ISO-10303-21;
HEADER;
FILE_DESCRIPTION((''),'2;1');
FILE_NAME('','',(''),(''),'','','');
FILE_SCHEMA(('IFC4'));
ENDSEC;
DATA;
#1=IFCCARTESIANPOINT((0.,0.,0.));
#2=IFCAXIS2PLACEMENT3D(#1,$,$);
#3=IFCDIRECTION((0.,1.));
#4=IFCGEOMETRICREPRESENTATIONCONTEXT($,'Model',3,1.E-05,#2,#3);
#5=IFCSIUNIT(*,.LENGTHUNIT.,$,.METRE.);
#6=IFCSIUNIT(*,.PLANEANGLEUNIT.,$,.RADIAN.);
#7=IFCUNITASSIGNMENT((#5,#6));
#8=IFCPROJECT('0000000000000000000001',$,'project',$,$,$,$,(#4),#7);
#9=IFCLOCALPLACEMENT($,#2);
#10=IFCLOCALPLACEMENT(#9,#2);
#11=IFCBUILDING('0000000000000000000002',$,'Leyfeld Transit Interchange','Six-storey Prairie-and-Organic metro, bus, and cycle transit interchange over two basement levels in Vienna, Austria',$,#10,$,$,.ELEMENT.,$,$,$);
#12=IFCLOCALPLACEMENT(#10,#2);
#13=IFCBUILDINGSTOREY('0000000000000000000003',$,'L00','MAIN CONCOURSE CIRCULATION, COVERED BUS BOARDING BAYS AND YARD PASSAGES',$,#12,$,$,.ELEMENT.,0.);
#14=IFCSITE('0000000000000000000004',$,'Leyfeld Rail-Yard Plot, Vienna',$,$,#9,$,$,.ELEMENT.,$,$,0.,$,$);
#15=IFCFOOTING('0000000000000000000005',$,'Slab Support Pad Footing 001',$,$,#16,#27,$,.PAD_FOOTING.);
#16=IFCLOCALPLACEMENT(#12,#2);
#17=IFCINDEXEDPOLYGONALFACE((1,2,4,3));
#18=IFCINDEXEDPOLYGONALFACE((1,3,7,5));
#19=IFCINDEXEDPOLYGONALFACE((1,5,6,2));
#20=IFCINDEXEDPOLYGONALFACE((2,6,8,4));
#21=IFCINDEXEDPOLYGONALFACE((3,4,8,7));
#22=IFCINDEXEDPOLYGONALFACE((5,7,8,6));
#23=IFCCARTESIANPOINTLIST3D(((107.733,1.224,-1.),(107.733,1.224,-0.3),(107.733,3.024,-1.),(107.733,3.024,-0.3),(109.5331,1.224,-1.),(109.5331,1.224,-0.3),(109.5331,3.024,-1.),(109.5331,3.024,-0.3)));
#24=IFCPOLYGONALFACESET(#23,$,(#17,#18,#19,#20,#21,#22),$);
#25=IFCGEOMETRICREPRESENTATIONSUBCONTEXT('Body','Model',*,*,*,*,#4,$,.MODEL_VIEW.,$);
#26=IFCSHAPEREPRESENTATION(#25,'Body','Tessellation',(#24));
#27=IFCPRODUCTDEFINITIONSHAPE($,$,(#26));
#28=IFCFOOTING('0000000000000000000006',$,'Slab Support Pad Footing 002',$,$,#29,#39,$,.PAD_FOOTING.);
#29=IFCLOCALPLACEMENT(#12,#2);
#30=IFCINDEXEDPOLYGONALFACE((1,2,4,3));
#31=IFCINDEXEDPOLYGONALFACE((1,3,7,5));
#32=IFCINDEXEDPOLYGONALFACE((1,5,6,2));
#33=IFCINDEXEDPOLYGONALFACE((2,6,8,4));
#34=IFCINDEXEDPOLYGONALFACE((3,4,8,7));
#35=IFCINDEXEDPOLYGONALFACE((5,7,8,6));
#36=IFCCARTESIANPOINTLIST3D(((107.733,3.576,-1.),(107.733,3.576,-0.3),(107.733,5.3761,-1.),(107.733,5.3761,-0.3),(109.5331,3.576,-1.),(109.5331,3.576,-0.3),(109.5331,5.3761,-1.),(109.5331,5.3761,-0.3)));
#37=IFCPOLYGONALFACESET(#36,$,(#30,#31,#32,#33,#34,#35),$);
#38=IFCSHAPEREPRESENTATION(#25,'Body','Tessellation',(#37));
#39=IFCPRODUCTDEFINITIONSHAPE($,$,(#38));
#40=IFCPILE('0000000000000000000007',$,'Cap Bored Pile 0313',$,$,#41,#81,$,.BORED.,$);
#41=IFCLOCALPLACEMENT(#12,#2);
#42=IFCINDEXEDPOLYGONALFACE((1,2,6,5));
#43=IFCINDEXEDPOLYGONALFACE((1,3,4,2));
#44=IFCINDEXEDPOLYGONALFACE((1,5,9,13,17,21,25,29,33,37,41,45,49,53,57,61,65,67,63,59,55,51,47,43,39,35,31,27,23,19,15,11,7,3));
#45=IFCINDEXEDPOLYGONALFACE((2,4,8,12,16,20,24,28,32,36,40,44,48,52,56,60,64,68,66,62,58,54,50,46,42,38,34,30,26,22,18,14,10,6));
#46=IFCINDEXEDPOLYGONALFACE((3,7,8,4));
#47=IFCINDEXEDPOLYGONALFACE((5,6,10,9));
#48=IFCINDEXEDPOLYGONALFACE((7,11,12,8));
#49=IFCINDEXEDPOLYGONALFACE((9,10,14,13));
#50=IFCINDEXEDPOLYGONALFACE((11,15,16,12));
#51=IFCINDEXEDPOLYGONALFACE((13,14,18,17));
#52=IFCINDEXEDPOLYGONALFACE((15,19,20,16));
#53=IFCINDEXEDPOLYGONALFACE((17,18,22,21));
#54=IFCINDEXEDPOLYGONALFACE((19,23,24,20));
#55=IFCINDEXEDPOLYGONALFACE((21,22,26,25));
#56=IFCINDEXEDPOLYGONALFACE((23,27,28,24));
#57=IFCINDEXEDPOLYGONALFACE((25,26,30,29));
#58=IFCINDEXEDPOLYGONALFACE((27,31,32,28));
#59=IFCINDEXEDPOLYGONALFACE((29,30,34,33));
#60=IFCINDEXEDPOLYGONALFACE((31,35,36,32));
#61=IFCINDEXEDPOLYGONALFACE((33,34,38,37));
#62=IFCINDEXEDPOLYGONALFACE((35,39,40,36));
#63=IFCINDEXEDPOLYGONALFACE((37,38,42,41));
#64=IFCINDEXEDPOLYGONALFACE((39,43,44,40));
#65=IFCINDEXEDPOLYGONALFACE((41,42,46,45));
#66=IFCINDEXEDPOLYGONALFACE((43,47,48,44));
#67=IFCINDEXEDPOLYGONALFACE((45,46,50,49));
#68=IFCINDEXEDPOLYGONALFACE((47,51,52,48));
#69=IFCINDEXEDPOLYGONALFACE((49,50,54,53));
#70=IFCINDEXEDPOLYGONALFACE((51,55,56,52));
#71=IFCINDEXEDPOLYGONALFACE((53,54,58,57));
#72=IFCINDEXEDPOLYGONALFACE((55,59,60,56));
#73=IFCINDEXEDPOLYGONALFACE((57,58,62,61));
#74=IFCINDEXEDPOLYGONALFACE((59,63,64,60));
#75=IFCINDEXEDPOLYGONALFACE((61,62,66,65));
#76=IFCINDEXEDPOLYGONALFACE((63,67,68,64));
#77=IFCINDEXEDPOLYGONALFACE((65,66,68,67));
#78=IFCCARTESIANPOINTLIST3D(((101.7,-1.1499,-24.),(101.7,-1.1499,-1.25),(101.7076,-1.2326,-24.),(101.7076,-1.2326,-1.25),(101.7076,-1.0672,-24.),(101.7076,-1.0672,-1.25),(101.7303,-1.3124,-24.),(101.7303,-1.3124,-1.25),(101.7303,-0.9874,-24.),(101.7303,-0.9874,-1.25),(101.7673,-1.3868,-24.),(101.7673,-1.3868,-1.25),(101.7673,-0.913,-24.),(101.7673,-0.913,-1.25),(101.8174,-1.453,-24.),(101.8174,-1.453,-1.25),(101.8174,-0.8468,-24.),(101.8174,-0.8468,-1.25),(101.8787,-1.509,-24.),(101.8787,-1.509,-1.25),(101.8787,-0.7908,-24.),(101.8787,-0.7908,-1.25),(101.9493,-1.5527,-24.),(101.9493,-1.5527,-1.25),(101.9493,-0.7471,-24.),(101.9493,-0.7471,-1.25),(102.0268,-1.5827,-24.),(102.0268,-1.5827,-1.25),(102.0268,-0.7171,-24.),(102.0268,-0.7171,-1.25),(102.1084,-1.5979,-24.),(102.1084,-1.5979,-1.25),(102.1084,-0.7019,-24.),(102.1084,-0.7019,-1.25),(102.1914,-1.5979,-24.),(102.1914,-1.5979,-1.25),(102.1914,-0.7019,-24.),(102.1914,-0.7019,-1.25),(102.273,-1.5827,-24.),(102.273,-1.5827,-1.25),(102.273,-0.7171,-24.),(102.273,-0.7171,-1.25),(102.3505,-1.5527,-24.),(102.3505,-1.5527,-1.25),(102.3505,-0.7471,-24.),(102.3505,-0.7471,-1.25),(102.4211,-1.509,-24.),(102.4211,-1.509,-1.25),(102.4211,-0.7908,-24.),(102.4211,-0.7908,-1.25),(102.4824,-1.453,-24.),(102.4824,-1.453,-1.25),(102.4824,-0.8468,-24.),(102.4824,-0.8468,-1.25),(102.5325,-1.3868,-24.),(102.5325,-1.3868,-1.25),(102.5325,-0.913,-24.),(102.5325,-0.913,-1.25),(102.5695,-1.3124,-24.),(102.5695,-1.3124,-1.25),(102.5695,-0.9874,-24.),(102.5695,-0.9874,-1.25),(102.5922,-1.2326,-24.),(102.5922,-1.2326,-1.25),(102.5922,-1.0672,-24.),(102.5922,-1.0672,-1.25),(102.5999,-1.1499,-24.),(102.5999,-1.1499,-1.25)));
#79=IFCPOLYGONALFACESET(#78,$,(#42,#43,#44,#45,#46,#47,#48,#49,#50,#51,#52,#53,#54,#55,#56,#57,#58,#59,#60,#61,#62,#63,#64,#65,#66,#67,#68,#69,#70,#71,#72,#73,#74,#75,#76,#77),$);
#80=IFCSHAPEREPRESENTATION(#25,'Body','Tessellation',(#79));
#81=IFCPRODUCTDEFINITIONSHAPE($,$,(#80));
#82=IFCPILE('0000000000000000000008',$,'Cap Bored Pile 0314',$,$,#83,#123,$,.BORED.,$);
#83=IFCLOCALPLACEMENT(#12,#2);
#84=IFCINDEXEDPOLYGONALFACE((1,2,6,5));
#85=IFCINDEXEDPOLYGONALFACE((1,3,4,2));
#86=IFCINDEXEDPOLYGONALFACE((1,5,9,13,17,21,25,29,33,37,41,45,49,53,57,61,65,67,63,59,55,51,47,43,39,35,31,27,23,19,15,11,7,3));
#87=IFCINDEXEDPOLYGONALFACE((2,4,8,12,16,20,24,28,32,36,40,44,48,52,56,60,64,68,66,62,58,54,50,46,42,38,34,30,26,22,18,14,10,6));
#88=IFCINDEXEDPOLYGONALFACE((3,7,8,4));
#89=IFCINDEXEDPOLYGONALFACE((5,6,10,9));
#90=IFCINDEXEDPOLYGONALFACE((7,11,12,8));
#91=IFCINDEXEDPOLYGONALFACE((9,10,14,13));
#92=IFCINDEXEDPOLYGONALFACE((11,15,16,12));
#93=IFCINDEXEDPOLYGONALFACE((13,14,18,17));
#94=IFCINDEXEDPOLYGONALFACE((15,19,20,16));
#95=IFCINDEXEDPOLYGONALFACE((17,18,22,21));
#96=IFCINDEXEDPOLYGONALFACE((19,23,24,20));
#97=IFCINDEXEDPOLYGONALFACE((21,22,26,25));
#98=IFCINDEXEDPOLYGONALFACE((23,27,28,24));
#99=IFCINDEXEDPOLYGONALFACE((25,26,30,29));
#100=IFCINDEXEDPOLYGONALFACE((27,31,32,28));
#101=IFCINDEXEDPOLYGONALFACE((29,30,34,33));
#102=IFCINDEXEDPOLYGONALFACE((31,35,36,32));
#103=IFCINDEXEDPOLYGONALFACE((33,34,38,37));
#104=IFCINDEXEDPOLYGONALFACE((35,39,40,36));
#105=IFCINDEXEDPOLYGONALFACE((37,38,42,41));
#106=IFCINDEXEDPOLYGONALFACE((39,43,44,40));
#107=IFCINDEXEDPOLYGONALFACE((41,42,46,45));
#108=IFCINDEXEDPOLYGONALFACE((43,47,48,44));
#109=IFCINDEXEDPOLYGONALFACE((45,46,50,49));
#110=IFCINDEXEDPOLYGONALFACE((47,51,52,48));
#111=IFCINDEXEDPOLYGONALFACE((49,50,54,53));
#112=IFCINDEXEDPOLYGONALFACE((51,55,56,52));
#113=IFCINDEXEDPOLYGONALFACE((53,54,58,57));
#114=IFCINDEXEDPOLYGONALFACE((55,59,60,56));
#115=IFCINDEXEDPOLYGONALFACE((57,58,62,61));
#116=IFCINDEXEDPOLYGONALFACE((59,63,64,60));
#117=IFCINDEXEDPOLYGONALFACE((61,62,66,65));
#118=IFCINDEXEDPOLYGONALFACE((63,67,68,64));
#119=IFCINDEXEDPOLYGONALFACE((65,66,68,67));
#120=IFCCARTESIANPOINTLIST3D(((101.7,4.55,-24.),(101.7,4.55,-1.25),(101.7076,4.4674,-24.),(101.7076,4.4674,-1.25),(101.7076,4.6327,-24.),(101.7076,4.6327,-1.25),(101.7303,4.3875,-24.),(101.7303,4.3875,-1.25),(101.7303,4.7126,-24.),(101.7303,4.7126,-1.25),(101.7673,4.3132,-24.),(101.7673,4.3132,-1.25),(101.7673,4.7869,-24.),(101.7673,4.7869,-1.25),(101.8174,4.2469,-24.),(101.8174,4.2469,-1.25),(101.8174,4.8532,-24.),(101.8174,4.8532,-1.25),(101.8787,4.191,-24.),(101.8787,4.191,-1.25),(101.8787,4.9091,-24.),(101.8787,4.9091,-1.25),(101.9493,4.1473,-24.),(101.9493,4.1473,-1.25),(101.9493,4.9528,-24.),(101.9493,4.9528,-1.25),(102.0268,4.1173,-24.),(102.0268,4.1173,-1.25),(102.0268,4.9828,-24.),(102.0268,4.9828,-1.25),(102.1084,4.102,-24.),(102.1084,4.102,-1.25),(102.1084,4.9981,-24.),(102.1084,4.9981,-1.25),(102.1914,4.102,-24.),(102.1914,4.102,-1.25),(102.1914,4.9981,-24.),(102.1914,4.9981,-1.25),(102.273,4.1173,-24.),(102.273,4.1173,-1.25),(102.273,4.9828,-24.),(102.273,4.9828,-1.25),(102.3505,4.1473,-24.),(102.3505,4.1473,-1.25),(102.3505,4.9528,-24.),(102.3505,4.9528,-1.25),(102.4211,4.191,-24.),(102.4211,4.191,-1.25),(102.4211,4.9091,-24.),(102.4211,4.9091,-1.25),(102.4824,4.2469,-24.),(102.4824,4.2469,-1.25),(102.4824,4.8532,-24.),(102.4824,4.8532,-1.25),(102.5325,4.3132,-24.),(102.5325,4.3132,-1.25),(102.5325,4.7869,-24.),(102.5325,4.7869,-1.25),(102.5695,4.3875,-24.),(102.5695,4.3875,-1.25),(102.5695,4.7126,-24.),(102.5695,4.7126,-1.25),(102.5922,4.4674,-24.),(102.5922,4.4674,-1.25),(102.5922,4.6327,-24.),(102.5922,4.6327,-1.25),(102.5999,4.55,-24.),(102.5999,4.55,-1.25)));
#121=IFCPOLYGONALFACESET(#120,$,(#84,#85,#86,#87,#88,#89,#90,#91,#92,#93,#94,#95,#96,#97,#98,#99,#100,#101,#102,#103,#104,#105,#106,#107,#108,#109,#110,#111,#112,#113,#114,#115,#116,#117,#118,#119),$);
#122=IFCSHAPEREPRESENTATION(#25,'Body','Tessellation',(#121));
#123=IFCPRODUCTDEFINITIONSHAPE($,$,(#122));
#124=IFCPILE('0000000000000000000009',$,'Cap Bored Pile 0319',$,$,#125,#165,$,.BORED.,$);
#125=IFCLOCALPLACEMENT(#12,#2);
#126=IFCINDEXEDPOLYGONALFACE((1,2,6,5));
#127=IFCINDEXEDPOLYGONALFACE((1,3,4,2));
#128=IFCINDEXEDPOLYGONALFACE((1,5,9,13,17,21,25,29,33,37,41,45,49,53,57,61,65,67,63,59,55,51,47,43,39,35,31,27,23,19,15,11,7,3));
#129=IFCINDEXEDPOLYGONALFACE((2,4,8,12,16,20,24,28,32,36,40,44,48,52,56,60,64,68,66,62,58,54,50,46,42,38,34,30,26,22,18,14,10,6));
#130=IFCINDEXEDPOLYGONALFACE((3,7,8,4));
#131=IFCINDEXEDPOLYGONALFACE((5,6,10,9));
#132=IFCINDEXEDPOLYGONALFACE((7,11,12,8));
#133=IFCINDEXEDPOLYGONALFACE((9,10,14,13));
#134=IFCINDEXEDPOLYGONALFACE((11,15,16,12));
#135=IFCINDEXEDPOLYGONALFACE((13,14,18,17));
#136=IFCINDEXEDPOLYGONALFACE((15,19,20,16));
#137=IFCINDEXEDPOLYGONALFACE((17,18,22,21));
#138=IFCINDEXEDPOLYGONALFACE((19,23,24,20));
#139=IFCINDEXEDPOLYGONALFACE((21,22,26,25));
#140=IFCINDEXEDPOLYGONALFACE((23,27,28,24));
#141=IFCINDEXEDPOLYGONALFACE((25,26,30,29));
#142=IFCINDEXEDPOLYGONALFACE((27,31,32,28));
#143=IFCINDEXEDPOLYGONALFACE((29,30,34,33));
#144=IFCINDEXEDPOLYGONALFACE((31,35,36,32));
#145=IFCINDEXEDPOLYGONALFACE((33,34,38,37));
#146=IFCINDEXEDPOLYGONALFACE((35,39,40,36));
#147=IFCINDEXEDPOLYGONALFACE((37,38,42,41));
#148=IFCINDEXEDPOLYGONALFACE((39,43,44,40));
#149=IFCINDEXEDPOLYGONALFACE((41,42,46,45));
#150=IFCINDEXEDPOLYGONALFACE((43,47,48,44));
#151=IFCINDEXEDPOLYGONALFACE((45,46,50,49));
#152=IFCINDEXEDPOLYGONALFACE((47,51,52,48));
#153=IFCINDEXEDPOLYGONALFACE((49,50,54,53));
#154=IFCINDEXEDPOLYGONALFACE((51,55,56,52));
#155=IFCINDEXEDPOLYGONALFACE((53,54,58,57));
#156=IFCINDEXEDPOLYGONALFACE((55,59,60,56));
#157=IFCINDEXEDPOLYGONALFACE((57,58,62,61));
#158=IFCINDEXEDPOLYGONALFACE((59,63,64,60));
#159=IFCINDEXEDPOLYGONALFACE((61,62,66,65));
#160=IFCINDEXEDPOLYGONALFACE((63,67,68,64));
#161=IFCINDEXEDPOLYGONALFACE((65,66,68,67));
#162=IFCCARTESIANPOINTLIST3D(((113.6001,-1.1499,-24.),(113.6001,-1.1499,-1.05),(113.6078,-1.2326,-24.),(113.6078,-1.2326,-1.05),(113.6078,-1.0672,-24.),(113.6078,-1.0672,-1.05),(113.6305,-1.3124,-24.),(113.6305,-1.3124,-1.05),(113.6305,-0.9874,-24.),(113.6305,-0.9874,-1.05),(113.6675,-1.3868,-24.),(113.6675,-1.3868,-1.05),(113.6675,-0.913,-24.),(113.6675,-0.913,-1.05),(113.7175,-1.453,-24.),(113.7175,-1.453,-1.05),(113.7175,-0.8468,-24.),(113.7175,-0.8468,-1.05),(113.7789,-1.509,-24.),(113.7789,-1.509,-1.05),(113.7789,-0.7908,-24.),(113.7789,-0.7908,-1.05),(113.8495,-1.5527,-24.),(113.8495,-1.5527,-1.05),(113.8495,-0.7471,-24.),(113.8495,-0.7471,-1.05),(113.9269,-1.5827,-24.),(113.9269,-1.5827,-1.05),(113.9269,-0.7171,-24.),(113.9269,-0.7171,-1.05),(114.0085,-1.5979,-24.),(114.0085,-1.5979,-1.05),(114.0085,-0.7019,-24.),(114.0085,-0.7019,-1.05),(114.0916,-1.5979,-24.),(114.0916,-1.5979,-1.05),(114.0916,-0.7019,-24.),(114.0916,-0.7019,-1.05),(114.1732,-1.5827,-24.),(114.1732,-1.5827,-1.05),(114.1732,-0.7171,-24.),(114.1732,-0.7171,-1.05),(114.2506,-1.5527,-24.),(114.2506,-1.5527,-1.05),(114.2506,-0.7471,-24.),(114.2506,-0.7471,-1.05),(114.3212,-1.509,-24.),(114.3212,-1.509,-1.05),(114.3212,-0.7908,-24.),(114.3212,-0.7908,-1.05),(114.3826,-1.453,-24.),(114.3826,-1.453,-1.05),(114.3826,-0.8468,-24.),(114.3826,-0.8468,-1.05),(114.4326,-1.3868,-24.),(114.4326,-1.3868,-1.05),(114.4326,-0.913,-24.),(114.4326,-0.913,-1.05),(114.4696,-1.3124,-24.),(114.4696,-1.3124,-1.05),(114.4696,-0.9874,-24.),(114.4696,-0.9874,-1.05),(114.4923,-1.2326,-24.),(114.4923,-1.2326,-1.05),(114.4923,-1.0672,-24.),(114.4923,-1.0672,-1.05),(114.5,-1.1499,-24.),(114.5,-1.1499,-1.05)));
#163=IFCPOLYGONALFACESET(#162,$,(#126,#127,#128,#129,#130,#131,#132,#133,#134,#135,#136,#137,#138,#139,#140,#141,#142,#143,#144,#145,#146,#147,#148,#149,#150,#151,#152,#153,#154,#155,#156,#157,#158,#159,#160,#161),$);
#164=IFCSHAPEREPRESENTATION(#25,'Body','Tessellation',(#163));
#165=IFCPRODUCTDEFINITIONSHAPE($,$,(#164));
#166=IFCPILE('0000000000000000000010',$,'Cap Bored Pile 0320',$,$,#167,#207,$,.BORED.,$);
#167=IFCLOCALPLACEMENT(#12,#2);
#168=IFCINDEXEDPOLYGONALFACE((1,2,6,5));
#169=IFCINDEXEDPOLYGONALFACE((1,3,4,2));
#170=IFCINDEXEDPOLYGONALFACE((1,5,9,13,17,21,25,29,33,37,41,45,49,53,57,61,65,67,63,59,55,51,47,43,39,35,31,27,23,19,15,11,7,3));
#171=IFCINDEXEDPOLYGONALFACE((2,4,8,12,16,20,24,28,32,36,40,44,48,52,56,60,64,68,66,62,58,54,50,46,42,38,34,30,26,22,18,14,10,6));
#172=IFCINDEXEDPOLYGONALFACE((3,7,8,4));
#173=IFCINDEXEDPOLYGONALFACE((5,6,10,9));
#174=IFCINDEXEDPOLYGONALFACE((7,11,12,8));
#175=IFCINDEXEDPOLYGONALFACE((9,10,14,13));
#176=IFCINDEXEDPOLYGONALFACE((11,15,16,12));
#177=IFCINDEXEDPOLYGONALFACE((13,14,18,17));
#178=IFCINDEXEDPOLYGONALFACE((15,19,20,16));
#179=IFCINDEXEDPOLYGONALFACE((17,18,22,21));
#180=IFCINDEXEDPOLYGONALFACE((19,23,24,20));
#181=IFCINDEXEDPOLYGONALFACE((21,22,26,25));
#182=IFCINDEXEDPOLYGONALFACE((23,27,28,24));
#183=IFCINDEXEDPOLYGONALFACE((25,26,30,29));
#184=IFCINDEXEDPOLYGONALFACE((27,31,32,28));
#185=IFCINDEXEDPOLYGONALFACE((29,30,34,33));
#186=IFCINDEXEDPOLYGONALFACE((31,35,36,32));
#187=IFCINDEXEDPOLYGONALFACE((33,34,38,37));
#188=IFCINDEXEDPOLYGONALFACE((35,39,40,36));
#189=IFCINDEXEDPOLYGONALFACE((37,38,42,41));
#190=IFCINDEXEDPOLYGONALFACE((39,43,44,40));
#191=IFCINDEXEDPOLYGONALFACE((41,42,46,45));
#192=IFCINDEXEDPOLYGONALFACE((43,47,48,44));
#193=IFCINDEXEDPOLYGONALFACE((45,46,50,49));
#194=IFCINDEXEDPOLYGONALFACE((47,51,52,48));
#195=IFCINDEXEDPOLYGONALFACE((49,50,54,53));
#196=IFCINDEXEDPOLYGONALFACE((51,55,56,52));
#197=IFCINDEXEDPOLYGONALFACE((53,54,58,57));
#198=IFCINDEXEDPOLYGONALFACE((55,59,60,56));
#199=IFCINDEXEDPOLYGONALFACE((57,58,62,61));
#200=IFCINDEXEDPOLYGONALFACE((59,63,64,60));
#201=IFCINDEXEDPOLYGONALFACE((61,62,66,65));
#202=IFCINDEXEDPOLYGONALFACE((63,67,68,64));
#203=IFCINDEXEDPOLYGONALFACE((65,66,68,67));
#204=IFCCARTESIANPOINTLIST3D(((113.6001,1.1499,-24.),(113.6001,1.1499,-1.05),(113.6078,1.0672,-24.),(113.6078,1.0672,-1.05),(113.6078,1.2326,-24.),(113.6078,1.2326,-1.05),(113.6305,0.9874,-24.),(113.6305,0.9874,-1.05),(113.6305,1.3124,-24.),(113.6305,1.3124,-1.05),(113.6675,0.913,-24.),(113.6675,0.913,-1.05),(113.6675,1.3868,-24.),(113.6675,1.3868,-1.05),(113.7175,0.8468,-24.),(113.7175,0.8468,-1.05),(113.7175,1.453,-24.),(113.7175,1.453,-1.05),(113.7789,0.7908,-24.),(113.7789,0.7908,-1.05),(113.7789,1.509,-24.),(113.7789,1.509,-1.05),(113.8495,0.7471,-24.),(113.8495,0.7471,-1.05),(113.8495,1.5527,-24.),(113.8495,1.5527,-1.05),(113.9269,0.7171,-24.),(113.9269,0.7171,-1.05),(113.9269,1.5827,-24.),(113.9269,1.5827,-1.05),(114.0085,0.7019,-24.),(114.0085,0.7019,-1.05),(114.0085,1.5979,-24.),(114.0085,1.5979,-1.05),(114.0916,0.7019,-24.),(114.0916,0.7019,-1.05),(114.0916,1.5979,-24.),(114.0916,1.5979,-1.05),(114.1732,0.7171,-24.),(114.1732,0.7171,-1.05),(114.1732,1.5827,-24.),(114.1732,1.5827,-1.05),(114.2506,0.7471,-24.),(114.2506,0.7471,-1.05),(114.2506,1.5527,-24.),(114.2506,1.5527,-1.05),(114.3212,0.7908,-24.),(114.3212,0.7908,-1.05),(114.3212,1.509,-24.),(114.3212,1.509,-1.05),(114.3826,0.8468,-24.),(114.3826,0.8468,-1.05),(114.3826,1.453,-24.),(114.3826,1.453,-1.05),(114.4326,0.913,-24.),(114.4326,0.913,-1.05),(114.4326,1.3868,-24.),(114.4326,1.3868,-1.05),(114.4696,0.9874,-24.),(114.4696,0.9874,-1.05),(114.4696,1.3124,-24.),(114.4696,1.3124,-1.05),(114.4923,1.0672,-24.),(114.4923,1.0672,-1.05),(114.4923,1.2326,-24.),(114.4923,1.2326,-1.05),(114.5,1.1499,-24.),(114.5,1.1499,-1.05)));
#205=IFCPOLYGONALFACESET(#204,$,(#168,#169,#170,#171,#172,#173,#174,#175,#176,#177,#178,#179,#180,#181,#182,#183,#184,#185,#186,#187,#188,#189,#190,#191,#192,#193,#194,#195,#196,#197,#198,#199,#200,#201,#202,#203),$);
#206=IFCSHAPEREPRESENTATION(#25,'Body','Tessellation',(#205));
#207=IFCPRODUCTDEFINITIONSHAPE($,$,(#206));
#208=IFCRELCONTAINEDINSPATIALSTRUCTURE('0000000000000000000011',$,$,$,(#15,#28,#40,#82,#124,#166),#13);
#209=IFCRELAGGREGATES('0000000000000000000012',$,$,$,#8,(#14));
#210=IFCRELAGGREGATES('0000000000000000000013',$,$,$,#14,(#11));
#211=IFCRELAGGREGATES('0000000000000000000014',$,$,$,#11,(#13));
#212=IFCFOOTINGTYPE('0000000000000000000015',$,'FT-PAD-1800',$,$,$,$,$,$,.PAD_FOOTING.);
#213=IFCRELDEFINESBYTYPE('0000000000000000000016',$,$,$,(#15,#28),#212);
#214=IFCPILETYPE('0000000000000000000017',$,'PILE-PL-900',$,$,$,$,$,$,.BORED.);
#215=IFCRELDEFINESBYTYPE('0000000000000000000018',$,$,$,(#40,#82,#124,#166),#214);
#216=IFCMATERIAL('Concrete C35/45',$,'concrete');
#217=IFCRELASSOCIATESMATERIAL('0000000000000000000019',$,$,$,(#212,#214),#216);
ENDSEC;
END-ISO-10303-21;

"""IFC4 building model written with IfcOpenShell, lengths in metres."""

from ifc_helpers import new_model, si_unit, direction, frame, origin, origin_2d, place, context, subcontext, project, spatial, rectangle, circle, extrude, material, material_profile, profile_set, type_object, element, save


model = new_model("IFC4")

# Units and contexts
model_context = context("Model", 3, precision=1e-05, world=origin(), true_north=direction((0.0, 1.0)))
body_context = subcontext(model_context, "Body", "Model", "MODEL_VIEW")
ifc_project = project(units=[si_unit("LENGTHUNIT", "METRE"), si_unit("PLANEANGLEUNIT", "RADIAN")], contexts=[model_context])

# Site, building, storey
site_placement = place(None, origin())
site = spatial("IfcSite", under=ifc_project, at=site_placement, Name="Leyfeld Rail-Yard Plot, Vienna", CompositionType="ELEMENT", RefElevation=0.0)
building_placement = place(site_placement, origin())
building = spatial("IfcBuilding", under=site, at=building_placement, Name="Leyfeld Transit Interchange", Description="Six-storey Prairie-and-Organic metro, bus, and cycle transit interchange over two basement levels in Vienna, Austria", CompositionType="ELEMENT")
storey_placement = place(building_placement, origin())
storey = spatial("IfcBuildingStorey", under=building, at=storey_placement, Name="L00", Description="MAIN CONCOURSE CIRCULATION, COVERED BUS BOARDING BAYS AND YARD PASSAGES", CompositionType="ELEMENT", Elevation=0.0)

# Footings
ifc_material_1 = material(Name="Concrete C35/45", Category="concrete")
footing_type = type_object("IfcFootingType", Name="FT-PAD-1800", PredefinedType="PAD_FOOTING", material=ifc_material_1)
for number, where, z_axis, x_axis, name in (
    (1, (108.6331, 2.124, -1.0), (0.0, 0.0, 1.0), (1.0, 0.0, 0.0), "Slab Support Pad Footing 001"),
    (2, (108.6331, 4.4761, -1.0), (0.0, 0.0, 1.0), (1.0, 0.0, 0.0), "Slab Support Pad Footing 002"),
):
    element("IfcFooting", number, at=place(storey_placement, frame(where, z_axis=z_axis, x_axis=x_axis)), inside=storey, type_object=footing_type, Name=name, PredefinedType="PAD_FOOTING", context=body_context, shape_type="SweptSolid", body=[
        extrude(rectangle(XDim=1.8, YDim=1.8, at=origin_2d()), origin(), (0.0, 0.0, 1.0), 0.7),
    ])

# Piles
ifc_material_profile_1 = material_profile(ifc_material_1, circle(Radius=0.45, at=origin_2d()), Name="PILE D900")
ifc_profile_set_1 = profile_set([ifc_material_profile_1], Name="Concrete C35/45")
pile_type = type_object("IfcPileType", Name="PILE-PL-900", PredefinedType="BORED", material=ifc_profile_set_1)
for number, where, z_axis, x_axis, name in (
    (3, (102.1499, -1.1499, -1.25), (0.0, 0.0, -1.0), (1.0, 0.0, 0.0), "Cap Bored Pile 0313"),
    (4, (102.1499, 4.55, -1.25), (0.0, 0.0, -1.0), (1.0, 0.0, 0.0), "Cap Bored Pile 0314"),
):
    element("IfcPile", number, at=place(storey_placement, frame(where, z_axis=z_axis, x_axis=x_axis)), inside=storey, type_object=pile_type, Name=name, PredefinedType="BORED", context=body_context, shape_type="SweptSolid", body=[
        extrude(circle(Radius=0.45, at=origin_2d()), origin(), (0.0, 0.0, 1.0), 22.75),
    ])
for number, where, z_axis, x_axis, name in (
    (5, (114.05, -1.1499, -1.05), (0.0, 0.0, -1.0), (1.0, 0.0, 0.0), "Cap Bored Pile 0319"),
    (6, (114.05, 1.1499, -1.05), (0.0, 0.0, -1.0), (1.0, 0.0, 0.0), "Cap Bored Pile 0320"),
):
    element("IfcPile", number, at=place(storey_placement, frame(where, z_axis=z_axis, x_axis=x_axis)), inside=storey, type_object=pile_type, Name=name, PredefinedType="BORED", context=body_context, shape_type="SweptSolid", body=[
        extrude(circle(Radius=0.45, at=origin_2d()), origin(), (0.0, 0.0, 1.0), 22.95),
    ])

save(model, "model.ifc")
